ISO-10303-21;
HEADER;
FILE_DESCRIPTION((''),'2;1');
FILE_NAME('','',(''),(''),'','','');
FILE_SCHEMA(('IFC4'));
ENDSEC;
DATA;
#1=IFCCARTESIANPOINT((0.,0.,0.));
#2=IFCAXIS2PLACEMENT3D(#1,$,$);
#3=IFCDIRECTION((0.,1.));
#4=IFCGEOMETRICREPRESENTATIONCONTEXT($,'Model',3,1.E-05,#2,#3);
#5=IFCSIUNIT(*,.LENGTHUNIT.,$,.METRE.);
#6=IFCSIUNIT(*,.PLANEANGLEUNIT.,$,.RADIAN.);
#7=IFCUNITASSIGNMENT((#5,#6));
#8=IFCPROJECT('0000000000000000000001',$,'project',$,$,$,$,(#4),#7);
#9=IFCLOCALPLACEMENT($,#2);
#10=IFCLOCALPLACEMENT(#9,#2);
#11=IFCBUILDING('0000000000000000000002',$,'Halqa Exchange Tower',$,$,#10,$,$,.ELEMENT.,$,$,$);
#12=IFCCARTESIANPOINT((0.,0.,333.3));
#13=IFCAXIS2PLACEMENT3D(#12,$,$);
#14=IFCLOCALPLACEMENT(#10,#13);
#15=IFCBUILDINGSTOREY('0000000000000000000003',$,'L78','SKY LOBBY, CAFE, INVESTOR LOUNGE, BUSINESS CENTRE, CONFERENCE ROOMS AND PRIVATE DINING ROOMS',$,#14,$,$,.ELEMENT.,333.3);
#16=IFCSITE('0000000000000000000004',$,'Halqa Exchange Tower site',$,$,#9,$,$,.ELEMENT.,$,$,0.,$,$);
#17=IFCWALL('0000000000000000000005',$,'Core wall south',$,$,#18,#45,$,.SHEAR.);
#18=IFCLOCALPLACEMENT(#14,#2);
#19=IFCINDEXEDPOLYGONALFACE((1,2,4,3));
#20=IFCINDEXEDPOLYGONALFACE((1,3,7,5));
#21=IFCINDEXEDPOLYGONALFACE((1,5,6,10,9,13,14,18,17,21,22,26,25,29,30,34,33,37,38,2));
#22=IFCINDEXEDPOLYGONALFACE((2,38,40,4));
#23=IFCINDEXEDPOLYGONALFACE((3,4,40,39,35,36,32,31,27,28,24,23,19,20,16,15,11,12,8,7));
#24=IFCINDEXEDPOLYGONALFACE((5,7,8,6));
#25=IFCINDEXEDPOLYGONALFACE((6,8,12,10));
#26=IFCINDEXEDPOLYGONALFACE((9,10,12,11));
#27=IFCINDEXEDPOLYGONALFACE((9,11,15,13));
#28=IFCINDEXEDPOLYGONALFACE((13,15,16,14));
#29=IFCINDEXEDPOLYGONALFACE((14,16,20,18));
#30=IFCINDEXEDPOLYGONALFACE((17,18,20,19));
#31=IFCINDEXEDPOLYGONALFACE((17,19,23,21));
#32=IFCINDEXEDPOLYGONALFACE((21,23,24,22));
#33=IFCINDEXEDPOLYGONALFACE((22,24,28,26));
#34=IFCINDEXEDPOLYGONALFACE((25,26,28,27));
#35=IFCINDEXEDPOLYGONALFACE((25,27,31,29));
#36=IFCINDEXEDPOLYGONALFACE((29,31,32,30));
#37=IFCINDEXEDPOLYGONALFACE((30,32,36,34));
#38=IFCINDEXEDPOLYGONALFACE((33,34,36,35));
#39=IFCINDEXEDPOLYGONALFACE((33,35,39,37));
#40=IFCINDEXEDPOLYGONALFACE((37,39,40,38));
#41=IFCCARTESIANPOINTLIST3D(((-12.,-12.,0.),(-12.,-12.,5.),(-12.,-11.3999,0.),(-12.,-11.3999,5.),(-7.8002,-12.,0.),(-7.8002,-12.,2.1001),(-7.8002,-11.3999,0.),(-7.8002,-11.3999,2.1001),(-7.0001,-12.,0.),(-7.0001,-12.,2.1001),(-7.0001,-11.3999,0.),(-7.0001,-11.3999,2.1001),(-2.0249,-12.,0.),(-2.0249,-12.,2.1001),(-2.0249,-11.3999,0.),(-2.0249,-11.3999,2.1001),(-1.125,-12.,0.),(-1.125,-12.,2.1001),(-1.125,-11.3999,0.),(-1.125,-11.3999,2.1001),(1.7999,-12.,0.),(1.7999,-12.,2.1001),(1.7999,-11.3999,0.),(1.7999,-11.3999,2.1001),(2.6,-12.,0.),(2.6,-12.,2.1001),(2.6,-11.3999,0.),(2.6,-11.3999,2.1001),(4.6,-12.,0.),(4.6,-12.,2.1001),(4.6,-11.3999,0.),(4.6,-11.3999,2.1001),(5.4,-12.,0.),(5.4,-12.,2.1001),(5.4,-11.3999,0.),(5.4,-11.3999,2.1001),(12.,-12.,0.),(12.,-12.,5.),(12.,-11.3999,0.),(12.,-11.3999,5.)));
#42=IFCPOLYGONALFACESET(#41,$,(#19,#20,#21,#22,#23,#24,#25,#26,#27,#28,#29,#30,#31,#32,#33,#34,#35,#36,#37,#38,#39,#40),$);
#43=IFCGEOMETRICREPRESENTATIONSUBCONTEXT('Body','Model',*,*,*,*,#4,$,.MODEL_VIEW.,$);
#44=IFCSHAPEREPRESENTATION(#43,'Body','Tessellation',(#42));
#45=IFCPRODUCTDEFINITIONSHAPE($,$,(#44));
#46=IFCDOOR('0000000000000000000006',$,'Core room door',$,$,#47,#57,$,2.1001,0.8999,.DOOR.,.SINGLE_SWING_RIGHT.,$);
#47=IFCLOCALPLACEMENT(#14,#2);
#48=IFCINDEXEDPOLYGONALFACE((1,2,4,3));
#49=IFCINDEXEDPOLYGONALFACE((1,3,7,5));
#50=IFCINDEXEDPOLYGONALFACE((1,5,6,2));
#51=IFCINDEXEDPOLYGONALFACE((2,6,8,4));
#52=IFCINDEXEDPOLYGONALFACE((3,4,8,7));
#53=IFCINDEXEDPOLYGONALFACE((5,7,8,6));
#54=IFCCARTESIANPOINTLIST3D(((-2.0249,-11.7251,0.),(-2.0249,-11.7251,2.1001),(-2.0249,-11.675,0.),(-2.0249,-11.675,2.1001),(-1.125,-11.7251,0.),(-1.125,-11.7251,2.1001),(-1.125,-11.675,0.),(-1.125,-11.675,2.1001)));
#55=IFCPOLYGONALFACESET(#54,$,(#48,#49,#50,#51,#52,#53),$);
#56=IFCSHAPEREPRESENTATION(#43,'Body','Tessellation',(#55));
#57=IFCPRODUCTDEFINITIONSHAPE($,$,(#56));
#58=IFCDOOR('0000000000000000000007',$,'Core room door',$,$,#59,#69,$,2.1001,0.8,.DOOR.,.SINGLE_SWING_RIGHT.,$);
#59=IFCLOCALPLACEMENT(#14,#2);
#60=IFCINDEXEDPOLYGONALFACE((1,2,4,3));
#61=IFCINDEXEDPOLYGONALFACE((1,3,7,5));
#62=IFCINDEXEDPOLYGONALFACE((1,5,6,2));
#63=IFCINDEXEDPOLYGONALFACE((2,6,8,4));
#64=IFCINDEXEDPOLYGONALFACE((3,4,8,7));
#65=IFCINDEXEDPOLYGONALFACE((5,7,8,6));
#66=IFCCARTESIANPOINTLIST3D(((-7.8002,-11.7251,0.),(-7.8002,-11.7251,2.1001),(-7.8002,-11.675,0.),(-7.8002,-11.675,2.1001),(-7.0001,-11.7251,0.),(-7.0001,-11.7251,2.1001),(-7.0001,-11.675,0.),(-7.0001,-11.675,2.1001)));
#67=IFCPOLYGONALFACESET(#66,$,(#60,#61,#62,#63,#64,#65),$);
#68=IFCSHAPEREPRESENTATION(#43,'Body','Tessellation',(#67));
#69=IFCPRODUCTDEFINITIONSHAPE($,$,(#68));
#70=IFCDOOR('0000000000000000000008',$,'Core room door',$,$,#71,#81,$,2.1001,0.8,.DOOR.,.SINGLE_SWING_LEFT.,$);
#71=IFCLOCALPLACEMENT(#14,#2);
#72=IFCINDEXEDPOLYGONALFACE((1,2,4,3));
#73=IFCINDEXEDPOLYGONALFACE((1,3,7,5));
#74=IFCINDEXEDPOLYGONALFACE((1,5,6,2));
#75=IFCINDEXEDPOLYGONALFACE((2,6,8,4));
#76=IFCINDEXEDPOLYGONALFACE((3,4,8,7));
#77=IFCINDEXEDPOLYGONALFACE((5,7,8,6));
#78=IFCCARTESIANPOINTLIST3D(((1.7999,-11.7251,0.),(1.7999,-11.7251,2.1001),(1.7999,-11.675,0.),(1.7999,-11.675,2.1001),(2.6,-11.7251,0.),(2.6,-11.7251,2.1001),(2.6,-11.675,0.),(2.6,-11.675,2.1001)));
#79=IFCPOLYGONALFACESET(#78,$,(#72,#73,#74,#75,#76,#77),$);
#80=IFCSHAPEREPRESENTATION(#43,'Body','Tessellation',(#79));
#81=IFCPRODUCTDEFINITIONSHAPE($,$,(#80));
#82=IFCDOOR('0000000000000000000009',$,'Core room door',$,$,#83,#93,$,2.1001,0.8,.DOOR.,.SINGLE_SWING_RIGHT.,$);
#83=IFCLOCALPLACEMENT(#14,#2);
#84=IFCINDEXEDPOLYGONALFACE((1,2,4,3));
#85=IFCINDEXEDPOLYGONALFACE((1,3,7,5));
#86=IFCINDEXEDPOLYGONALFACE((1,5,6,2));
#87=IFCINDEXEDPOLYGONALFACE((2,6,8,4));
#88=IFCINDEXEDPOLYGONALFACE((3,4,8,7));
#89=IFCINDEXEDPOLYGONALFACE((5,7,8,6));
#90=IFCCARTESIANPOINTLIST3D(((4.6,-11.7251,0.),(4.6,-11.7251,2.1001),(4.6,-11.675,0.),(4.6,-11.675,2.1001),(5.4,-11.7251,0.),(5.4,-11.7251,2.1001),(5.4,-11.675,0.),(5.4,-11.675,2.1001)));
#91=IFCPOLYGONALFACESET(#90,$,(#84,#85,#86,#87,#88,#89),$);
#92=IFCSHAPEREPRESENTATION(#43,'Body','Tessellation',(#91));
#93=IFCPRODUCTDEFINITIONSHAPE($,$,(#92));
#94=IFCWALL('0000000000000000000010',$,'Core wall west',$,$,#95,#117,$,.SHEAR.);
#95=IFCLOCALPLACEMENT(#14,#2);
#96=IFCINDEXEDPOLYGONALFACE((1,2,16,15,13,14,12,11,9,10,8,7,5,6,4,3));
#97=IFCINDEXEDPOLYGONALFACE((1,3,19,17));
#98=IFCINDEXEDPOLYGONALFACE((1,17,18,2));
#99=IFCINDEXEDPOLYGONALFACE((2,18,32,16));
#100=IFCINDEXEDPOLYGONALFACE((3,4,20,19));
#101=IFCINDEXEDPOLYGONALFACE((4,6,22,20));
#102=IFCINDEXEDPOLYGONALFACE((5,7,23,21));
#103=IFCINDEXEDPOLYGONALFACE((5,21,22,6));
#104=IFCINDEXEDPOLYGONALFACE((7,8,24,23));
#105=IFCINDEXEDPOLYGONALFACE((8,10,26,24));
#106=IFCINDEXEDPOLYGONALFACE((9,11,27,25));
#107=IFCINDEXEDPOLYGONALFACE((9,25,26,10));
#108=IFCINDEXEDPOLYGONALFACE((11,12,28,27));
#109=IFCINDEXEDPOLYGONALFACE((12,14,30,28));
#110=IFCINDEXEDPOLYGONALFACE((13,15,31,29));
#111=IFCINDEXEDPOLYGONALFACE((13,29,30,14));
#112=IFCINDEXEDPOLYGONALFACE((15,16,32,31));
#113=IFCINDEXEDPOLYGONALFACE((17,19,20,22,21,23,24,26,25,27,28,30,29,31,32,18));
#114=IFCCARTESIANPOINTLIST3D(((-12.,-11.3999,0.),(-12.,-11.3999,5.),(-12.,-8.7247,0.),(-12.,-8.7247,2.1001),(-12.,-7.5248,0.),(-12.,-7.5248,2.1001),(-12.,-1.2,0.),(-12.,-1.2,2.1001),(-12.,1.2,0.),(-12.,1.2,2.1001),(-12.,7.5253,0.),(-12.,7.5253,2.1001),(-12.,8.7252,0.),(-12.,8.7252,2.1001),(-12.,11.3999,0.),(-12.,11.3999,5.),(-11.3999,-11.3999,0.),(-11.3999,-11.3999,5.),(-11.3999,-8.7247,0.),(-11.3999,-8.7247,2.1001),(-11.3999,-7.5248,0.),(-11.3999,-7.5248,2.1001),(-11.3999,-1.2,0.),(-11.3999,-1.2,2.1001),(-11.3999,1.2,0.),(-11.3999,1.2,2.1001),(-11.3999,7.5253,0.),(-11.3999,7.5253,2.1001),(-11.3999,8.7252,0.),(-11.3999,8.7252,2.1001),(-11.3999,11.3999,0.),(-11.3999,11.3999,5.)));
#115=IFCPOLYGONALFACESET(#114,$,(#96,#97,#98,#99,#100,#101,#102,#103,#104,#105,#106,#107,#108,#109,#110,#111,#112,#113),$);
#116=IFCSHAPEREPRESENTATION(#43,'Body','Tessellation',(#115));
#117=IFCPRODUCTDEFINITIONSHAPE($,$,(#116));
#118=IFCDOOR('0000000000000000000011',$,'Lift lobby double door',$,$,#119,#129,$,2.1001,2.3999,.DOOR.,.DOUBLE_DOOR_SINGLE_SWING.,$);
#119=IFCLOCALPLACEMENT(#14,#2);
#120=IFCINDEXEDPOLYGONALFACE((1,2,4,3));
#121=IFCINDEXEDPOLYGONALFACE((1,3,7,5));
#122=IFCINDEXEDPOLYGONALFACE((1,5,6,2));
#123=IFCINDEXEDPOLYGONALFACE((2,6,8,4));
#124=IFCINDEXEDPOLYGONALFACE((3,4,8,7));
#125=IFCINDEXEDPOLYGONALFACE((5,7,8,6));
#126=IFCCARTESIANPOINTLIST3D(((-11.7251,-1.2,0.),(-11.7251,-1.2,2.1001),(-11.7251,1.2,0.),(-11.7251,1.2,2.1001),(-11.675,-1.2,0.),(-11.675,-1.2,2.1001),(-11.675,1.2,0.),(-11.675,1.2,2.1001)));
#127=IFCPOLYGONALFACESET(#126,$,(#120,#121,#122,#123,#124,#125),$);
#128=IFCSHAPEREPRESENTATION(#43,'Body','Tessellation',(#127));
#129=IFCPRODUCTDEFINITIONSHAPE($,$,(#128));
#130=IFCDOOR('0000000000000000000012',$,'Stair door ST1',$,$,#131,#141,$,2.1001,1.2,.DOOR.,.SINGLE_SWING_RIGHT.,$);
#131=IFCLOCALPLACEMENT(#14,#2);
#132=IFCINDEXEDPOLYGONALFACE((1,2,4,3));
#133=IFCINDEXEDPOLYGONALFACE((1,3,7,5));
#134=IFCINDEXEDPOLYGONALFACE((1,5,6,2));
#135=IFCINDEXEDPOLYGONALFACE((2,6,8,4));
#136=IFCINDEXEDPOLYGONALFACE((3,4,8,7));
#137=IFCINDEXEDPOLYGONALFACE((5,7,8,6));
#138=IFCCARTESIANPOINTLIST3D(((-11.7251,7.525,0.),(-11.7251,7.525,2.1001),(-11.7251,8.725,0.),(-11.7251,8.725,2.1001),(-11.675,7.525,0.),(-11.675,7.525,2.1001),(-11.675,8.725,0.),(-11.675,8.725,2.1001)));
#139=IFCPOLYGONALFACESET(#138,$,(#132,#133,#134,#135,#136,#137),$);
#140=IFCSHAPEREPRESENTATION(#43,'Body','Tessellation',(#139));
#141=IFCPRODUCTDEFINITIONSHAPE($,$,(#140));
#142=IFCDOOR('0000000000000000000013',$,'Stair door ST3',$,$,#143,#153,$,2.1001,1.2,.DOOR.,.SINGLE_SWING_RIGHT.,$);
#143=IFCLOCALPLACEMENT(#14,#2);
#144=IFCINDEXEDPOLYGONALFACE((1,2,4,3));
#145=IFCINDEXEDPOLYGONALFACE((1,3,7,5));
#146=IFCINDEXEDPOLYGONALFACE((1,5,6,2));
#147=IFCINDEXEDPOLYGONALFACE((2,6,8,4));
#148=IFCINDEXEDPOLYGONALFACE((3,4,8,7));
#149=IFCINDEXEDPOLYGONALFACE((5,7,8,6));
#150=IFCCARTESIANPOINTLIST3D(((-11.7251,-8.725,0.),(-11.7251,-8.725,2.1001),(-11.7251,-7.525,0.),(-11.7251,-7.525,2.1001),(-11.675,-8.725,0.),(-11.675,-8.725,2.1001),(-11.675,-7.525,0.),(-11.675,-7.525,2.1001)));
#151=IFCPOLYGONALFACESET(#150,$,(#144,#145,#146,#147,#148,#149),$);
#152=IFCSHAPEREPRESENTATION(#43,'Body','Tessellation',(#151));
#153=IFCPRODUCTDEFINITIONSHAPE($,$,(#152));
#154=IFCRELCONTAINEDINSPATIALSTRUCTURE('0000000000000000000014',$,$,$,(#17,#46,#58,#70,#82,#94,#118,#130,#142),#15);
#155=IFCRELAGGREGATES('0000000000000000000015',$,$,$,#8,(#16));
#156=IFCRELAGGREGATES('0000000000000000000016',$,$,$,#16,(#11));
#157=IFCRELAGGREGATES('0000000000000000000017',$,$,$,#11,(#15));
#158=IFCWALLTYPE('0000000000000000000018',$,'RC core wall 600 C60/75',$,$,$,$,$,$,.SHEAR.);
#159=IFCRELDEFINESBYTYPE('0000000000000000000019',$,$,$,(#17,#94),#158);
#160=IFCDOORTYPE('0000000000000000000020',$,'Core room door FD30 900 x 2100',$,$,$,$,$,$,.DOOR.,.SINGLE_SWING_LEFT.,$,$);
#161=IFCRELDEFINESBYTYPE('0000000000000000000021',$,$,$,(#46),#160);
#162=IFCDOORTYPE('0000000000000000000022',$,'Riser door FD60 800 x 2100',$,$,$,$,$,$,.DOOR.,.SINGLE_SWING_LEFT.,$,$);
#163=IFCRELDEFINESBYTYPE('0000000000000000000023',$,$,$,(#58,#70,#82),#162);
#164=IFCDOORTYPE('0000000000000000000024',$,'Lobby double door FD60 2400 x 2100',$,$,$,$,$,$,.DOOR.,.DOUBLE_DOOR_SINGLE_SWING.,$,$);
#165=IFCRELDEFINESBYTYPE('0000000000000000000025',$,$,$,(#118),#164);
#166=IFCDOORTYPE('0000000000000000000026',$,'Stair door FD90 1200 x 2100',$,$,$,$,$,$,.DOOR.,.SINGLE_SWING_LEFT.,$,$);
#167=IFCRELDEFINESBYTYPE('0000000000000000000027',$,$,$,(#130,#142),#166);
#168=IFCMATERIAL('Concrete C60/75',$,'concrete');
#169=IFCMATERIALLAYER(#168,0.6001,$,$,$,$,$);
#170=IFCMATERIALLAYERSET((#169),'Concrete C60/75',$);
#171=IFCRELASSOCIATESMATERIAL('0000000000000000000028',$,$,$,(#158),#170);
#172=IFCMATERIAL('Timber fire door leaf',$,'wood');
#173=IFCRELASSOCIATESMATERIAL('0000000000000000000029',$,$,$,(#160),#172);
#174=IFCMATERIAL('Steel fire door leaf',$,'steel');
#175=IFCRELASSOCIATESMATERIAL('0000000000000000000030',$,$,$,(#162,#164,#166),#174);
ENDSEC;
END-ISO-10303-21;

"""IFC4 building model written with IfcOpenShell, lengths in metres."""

from ifc_helpers import new_model, si_unit, direction, frame, frame_2d, origin, place, context, subcontext, project, spatial, rectangle, extrude, material, layer, layer_set, type_object, element, fill, save


model = new_model("IFC4")

# Units and contexts
model_context = context("Model", 3, precision=1e-05, world=origin(), true_north=direction((0.0, 1.0)))
body_context = subcontext(model_context, "Body", "Model", "MODEL_VIEW")
ifc_project = project(units=[si_unit("LENGTHUNIT", "METRE"), si_unit("PLANEANGLEUNIT", "RADIAN")], contexts=[model_context])

# Site, building, storey
site_placement = place(None, origin())
site = spatial("IfcSite", under=ifc_project, at=site_placement, Name="Halqa Exchange Tower site", CompositionType="ELEMENT", RefElevation=0.0)
building_placement = place(site_placement, origin())
building = spatial("IfcBuilding", under=site, at=building_placement, Name="Halqa Exchange Tower", CompositionType="ELEMENT")
storey_placement = place(building_placement, frame((0.0, 0.0, 333.3)))
storey = spatial("IfcBuildingStorey", under=building, at=storey_placement, Name="L78", Description="SKY LOBBY, CAFE, INVESTOR LOUNGE, BUSINESS CENTRE, CONFERENCE ROOMS AND PRIVATE DINING ROOMS", CompositionType="ELEMENT", Elevation=333.3)

# Shared definitions
ifc_material_1 = material(Name="Steel fire door leaf", Category="steel")

# Walls, openings, doors
ifc_material_2 = material(Name="Concrete C60/75", Category="concrete")
ifc_layer_1 = layer(ifc_material_2, 0.6001)
ifc_layer_set_1 = layer_set([ifc_layer_1], Name="Concrete C60/75")
wall_type_1 = type_object("IfcWallType", Name="RC core wall 600 C60/75", PredefinedType="SHEAR", material=ifc_layer_set_1)
wall_1_placement = place(storey_placement, frame((-12.0, -11.7, 0.0), z_axis=(0.0, 0.0, 1.0), x_axis=(1.0, 0.0, 0.0)))
wall_1 = element("IfcWall", 1, at=wall_1_placement, inside=storey, type_object=wall_type_1, Name="Core wall south", PredefinedType="SHEAR", context=body_context, shape_type="SweptSolid", body=[
    extrude(rectangle(XDim=24.0, YDim=0.6001, at=frame_2d((12.0, 0.0))), origin(), (0.0, 0.0, 1.0), 5.0),
])
opening_1_placement = place(wall_1_placement, frame((9.9751, 0.0, 0.0)))
opening_1 = element("IfcOpeningElement", 2, at=opening_1_placement, cuts=wall_1, PredefinedType="OPENING", context=body_context, shape_type="SweptSolid", body=[
    extrude(rectangle(XDim=0.8999, YDim=2.1001, at=frame_2d((0.45, 1.05))), frame((0.0, 0.312, 0.0), z_axis=(0.0, -1.0, 0.0), x_axis=(1.0, 0.0, 0.0)), (0.0, 0.0, 1.0), 0.624),
])
opening_2_placement = place(wall_1_placement, frame((4.2, 0.0, 0.0)))
opening_2 = element("IfcOpeningElement", 3, at=opening_2_placement, cuts=wall_1, PredefinedType="OPENING", context=body_context, shape_type="SweptSolid", body=[
    extrude(rectangle(XDim=0.8, YDim=2.1001, at=frame_2d((0.3999, 1.05))), frame((0.0, 0.312, 0.0), z_axis=(0.0, -1.0, 0.0), x_axis=(1.0, 0.0, 0.0)), (0.0, 0.0, 1.0), 0.624),
])
opening_3_placement = place(wall_1_placement, frame((13.8, 0.0, 0.0)))
opening_3 = element("IfcOpeningElement", 4, at=opening_3_placement, cuts=wall_1, PredefinedType="OPENING", context=body_context, shape_type="SweptSolid", body=[
    extrude(rectangle(XDim=0.8, YDim=2.1001, at=frame_2d((0.3999, 1.05))), frame((0.0, 0.312, 0.0), z_axis=(0.0, -1.0, 0.0), x_axis=(1.0, 0.0, 0.0)), (0.0, 0.0, 1.0), 0.624),
])
opening_4_placement = place(wall_1_placement, frame((16.6001, 0.0, 0.0)))
opening_4 = element("IfcOpeningElement", 5, at=opening_4_placement, cuts=wall_1, PredefinedType="OPENING", context=body_context, shape_type="SweptSolid", body=[
    extrude(rectangle(XDim=0.8, YDim=2.1001, at=frame_2d((0.3999, 1.05))), frame((0.0, 0.312, 0.0), z_axis=(0.0, -1.0, 0.0), x_axis=(1.0, 0.0, 0.0)), (0.0, 0.0, 1.0), 0.624),
])
ifc_material_3 = material(Name="Timber fire door leaf", Category="wood")
door_type_1 = type_object("IfcDoorType", Name="Core room door FD30 900 x 2100", OperationType="SINGLE_SWING_LEFT", PredefinedType="DOOR", material=ifc_material_3)
door_1_placement = place(opening_1_placement, origin())
door_1 = element("IfcDoor", 6, at=door_1_placement, inside=storey, type_object=door_type_1, Name="Core room door", OperationType="SINGLE_SWING_RIGHT", OverallHeight=2.1001, OverallWidth=0.8999, PredefinedType="DOOR", context=body_context, shape_type="SweptSolid", body=[
    extrude(rectangle(XDim=0.8999, YDim=2.1001, at=frame_2d((0.45, 1.05))), frame((0.0, 0.0249, 0.0), z_axis=(0.0, -1.0, 0.0), x_axis=(1.0, 0.0, 0.0)), (0.0, 0.0, 1.0), 0.05),
])
fill(opening_1, door_1)
door_type_2 = type_object("IfcDoorType", Name="Riser door FD60 800 x 2100", OperationType="SINGLE_SWING_LEFT", PredefinedType="DOOR", material=ifc_material_1)
door_2_placement = place(opening_2_placement, origin())
door_2 = element("IfcDoor", 7, at=door_2_placement, inside=storey, type_object=door_type_2, Name="Core room door", OperationType="SINGLE_SWING_RIGHT", OverallHeight=2.1001, OverallWidth=0.8, PredefinedType="DOOR", context=body_context, shape_type="SweptSolid", body=[
    extrude(rectangle(XDim=0.8, YDim=2.1001, at=frame_2d((0.3999, 1.05))), frame((0.0, 0.0249, 0.0), z_axis=(0.0, -1.0, 0.0), x_axis=(1.0, 0.0, 0.0)), (0.0, 0.0, 1.0), 0.05),
])
fill(opening_2, door_2)
door_3_placement = place(opening_3_placement, origin())
door_3 = element("IfcDoor", 8, at=door_3_placement, inside=storey, type_object=door_type_2, Name="Core room door", OperationType="SINGLE_SWING_LEFT", OverallHeight=2.1001, OverallWidth=0.8, PredefinedType="DOOR", context=body_context, shape_type="SweptSolid", body=[
    extrude(rectangle(XDim=0.8, YDim=2.1001, at=frame_2d((0.3999, 1.05))), frame((0.0, 0.0249, 0.0), z_axis=(0.0, -1.0, 0.0), x_axis=(1.0, 0.0, 0.0)), (0.0, 0.0, 1.0), 0.05),
])
fill(opening_3, door_3)
door_4_placement = place(opening_4_placement, origin())
door_4 = element("IfcDoor", 9, at=door_4_placement, inside=storey, type_object=door_type_2, Name="Core room door", OperationType="SINGLE_SWING_RIGHT", OverallHeight=2.1001, OverallWidth=0.8, PredefinedType="DOOR", context=body_context, shape_type="SweptSolid", body=[
    extrude(rectangle(XDim=0.8, YDim=2.1001, at=frame_2d((0.3999, 1.05))), frame((0.0, 0.0249, 0.0), z_axis=(0.0, -1.0, 0.0), x_axis=(1.0, 0.0, 0.0)), (0.0, 0.0, 1.0), 0.05),
])
fill(opening_4, door_4)
wall_2_placement = place(storey_placement, frame((-11.7, -11.3999, 0.0), z_axis=(0.0, 0.0, 1.0), x_axis=(0.0, 1.0, 0.0)))
wall_2 = element("IfcWall", 10, at=wall_2_placement, inside=storey, type_object=wall_type_1, Name="Core wall west", PredefinedType="SHEAR", context=body_context, shape_type="SweptSolid", body=[
    extrude(rectangle(XDim=22.7998, YDim=0.6001, at=frame_2d((11.3999, 0.0))), origin(), (0.0, 0.0, 1.0), 5.0),
])
opening_5_placement = place(wall_2_placement, frame((10.2, 0.0, 0.0)))
opening_5 = element("IfcOpeningElement", 11, at=opening_5_placement, cuts=wall_2, PredefinedType="OPENING", context=body_context, shape_type="SweptSolid", body=[
    extrude(rectangle(XDim=2.3999, YDim=2.1001, at=frame_2d((1.2, 1.05))), frame((0.0, 0.312, 0.0), z_axis=(0.0, -1.0, 0.0), x_axis=(1.0, 0.0, 0.0)), (0.0, 0.0, 1.0), 0.624),
])
opening_6_placement = place(wall_2_placement, frame((18.925, 0.0, 0.0)))
opening_6 = element("IfcOpeningElement", 12, at=opening_6_placement, cuts=wall_2, PredefinedType="OPENING", context=body_context, shape_type="SweptSolid", body=[
    extrude(rectangle(XDim=1.2, YDim=2.1001, at=frame_2d((0.6001, 1.05))), frame((0.0, 0.312, 0.0), z_axis=(0.0, -1.0, 0.0), x_axis=(1.0, 0.0, 0.0)), (0.0, 0.0, 1.0), 0.624),
])
opening_7_placement = place(wall_2_placement, frame((2.675, 0.0, 0.0)))
opening_7 = element("IfcOpeningElement", 13, at=opening_7_placement, cuts=wall_2, PredefinedType="OPENING", context=body_context, shape_type="SweptSolid", body=[
    extrude(rectangle(XDim=1.2, YDim=2.1001, at=frame_2d((0.6001, 1.05))), frame((0.0, 0.312, 0.0), z_axis=(0.0, -1.0, 0.0), x_axis=(1.0, 0.0, 0.0)), (0.0, 0.0, 1.0), 0.624),
])
door_type_3 = type_object("IfcDoorType", Name="Lobby double door FD60 2400 x 2100", OperationType="DOUBLE_DOOR_SINGLE_SWING", PredefinedType="DOOR", material=ifc_material_1)
door_5_placement = place(opening_5_placement, frame((2.3999, 0.0, 0.0), z_axis=(0.0, 0.0, 1.0), x_axis=(-1.0, 0.0, 0.0)))
door_5 = element("IfcDoor", 14, at=door_5_placement, inside=storey, type_object=door_type_3, Name="Lift lobby double door", OperationType="DOUBLE_DOOR_SINGLE_SWING", OverallHeight=2.1001, OverallWidth=2.3999, PredefinedType="DOOR", context=body_context, shape_type="SweptSolid", body=[
    extrude(rectangle(XDim=2.3999, YDim=2.1001, at=frame_2d((1.2, 1.05))), frame((0.0, 0.0249, 0.0), z_axis=(0.0, -1.0, 0.0), x_axis=(1.0, 0.0, 0.0)), (0.0, 0.0, 1.0), 0.05),
])
fill(opening_5, door_5)
door_type_4 = type_object("IfcDoorType", Name="Stair door FD90 1200 x 2100", OperationType="SINGLE_SWING_LEFT", PredefinedType="DOOR", material=ifc_material_1)
door_6_placement = place(opening_6_placement, frame((1.2, 0.0, 0.0), z_axis=(0.0, 0.0, 1.0), x_axis=(-1.0, 0.0, 0.0)))
door_6 = element("IfcDoor", 15, at=door_6_placement, inside=storey, type_object=door_type_4, Name="Stair door ST1", OperationType="SINGLE_SWING_RIGHT", OverallHeight=2.1001, OverallWidth=1.2, PredefinedType="DOOR", context=body_context, shape_type="SweptSolid", body=[
    extrude(rectangle(XDim=1.2, YDim=2.1001, at=frame_2d((0.6001, 1.05))), frame((0.0, 0.0249, 0.0), z_axis=(0.0, -1.0, 0.0), x_axis=(1.0, 0.0, 0.0)), (0.0, 0.0, 1.0), 0.05),
])
fill(opening_6, door_6)
door_7_placement = place(opening_7_placement, frame((1.2, 0.0, 0.0), z_axis=(0.0, 0.0, 1.0), x_axis=(-1.0, 0.0, 0.0)))
door_7 = element("IfcDoor", 16, at=door_7_placement, inside=storey, type_object=door_type_4, Name="Stair door ST3", OperationType="SINGLE_SWING_RIGHT", OverallHeight=2.1001, OverallWidth=1.2, PredefinedType="DOOR", context=body_context, shape_type="SweptSolid", body=[
    extrude(rectangle(XDim=1.2, YDim=2.1001, at=frame_2d((0.6001, 1.05))), frame((0.0, 0.0249, 0.0), z_axis=(0.0, -1.0, 0.0), x_axis=(1.0, 0.0, 0.0)), (0.0, 0.0, 1.0), 0.05),
])
fill(opening_7, door_7)

save(model, "model.ifc")
